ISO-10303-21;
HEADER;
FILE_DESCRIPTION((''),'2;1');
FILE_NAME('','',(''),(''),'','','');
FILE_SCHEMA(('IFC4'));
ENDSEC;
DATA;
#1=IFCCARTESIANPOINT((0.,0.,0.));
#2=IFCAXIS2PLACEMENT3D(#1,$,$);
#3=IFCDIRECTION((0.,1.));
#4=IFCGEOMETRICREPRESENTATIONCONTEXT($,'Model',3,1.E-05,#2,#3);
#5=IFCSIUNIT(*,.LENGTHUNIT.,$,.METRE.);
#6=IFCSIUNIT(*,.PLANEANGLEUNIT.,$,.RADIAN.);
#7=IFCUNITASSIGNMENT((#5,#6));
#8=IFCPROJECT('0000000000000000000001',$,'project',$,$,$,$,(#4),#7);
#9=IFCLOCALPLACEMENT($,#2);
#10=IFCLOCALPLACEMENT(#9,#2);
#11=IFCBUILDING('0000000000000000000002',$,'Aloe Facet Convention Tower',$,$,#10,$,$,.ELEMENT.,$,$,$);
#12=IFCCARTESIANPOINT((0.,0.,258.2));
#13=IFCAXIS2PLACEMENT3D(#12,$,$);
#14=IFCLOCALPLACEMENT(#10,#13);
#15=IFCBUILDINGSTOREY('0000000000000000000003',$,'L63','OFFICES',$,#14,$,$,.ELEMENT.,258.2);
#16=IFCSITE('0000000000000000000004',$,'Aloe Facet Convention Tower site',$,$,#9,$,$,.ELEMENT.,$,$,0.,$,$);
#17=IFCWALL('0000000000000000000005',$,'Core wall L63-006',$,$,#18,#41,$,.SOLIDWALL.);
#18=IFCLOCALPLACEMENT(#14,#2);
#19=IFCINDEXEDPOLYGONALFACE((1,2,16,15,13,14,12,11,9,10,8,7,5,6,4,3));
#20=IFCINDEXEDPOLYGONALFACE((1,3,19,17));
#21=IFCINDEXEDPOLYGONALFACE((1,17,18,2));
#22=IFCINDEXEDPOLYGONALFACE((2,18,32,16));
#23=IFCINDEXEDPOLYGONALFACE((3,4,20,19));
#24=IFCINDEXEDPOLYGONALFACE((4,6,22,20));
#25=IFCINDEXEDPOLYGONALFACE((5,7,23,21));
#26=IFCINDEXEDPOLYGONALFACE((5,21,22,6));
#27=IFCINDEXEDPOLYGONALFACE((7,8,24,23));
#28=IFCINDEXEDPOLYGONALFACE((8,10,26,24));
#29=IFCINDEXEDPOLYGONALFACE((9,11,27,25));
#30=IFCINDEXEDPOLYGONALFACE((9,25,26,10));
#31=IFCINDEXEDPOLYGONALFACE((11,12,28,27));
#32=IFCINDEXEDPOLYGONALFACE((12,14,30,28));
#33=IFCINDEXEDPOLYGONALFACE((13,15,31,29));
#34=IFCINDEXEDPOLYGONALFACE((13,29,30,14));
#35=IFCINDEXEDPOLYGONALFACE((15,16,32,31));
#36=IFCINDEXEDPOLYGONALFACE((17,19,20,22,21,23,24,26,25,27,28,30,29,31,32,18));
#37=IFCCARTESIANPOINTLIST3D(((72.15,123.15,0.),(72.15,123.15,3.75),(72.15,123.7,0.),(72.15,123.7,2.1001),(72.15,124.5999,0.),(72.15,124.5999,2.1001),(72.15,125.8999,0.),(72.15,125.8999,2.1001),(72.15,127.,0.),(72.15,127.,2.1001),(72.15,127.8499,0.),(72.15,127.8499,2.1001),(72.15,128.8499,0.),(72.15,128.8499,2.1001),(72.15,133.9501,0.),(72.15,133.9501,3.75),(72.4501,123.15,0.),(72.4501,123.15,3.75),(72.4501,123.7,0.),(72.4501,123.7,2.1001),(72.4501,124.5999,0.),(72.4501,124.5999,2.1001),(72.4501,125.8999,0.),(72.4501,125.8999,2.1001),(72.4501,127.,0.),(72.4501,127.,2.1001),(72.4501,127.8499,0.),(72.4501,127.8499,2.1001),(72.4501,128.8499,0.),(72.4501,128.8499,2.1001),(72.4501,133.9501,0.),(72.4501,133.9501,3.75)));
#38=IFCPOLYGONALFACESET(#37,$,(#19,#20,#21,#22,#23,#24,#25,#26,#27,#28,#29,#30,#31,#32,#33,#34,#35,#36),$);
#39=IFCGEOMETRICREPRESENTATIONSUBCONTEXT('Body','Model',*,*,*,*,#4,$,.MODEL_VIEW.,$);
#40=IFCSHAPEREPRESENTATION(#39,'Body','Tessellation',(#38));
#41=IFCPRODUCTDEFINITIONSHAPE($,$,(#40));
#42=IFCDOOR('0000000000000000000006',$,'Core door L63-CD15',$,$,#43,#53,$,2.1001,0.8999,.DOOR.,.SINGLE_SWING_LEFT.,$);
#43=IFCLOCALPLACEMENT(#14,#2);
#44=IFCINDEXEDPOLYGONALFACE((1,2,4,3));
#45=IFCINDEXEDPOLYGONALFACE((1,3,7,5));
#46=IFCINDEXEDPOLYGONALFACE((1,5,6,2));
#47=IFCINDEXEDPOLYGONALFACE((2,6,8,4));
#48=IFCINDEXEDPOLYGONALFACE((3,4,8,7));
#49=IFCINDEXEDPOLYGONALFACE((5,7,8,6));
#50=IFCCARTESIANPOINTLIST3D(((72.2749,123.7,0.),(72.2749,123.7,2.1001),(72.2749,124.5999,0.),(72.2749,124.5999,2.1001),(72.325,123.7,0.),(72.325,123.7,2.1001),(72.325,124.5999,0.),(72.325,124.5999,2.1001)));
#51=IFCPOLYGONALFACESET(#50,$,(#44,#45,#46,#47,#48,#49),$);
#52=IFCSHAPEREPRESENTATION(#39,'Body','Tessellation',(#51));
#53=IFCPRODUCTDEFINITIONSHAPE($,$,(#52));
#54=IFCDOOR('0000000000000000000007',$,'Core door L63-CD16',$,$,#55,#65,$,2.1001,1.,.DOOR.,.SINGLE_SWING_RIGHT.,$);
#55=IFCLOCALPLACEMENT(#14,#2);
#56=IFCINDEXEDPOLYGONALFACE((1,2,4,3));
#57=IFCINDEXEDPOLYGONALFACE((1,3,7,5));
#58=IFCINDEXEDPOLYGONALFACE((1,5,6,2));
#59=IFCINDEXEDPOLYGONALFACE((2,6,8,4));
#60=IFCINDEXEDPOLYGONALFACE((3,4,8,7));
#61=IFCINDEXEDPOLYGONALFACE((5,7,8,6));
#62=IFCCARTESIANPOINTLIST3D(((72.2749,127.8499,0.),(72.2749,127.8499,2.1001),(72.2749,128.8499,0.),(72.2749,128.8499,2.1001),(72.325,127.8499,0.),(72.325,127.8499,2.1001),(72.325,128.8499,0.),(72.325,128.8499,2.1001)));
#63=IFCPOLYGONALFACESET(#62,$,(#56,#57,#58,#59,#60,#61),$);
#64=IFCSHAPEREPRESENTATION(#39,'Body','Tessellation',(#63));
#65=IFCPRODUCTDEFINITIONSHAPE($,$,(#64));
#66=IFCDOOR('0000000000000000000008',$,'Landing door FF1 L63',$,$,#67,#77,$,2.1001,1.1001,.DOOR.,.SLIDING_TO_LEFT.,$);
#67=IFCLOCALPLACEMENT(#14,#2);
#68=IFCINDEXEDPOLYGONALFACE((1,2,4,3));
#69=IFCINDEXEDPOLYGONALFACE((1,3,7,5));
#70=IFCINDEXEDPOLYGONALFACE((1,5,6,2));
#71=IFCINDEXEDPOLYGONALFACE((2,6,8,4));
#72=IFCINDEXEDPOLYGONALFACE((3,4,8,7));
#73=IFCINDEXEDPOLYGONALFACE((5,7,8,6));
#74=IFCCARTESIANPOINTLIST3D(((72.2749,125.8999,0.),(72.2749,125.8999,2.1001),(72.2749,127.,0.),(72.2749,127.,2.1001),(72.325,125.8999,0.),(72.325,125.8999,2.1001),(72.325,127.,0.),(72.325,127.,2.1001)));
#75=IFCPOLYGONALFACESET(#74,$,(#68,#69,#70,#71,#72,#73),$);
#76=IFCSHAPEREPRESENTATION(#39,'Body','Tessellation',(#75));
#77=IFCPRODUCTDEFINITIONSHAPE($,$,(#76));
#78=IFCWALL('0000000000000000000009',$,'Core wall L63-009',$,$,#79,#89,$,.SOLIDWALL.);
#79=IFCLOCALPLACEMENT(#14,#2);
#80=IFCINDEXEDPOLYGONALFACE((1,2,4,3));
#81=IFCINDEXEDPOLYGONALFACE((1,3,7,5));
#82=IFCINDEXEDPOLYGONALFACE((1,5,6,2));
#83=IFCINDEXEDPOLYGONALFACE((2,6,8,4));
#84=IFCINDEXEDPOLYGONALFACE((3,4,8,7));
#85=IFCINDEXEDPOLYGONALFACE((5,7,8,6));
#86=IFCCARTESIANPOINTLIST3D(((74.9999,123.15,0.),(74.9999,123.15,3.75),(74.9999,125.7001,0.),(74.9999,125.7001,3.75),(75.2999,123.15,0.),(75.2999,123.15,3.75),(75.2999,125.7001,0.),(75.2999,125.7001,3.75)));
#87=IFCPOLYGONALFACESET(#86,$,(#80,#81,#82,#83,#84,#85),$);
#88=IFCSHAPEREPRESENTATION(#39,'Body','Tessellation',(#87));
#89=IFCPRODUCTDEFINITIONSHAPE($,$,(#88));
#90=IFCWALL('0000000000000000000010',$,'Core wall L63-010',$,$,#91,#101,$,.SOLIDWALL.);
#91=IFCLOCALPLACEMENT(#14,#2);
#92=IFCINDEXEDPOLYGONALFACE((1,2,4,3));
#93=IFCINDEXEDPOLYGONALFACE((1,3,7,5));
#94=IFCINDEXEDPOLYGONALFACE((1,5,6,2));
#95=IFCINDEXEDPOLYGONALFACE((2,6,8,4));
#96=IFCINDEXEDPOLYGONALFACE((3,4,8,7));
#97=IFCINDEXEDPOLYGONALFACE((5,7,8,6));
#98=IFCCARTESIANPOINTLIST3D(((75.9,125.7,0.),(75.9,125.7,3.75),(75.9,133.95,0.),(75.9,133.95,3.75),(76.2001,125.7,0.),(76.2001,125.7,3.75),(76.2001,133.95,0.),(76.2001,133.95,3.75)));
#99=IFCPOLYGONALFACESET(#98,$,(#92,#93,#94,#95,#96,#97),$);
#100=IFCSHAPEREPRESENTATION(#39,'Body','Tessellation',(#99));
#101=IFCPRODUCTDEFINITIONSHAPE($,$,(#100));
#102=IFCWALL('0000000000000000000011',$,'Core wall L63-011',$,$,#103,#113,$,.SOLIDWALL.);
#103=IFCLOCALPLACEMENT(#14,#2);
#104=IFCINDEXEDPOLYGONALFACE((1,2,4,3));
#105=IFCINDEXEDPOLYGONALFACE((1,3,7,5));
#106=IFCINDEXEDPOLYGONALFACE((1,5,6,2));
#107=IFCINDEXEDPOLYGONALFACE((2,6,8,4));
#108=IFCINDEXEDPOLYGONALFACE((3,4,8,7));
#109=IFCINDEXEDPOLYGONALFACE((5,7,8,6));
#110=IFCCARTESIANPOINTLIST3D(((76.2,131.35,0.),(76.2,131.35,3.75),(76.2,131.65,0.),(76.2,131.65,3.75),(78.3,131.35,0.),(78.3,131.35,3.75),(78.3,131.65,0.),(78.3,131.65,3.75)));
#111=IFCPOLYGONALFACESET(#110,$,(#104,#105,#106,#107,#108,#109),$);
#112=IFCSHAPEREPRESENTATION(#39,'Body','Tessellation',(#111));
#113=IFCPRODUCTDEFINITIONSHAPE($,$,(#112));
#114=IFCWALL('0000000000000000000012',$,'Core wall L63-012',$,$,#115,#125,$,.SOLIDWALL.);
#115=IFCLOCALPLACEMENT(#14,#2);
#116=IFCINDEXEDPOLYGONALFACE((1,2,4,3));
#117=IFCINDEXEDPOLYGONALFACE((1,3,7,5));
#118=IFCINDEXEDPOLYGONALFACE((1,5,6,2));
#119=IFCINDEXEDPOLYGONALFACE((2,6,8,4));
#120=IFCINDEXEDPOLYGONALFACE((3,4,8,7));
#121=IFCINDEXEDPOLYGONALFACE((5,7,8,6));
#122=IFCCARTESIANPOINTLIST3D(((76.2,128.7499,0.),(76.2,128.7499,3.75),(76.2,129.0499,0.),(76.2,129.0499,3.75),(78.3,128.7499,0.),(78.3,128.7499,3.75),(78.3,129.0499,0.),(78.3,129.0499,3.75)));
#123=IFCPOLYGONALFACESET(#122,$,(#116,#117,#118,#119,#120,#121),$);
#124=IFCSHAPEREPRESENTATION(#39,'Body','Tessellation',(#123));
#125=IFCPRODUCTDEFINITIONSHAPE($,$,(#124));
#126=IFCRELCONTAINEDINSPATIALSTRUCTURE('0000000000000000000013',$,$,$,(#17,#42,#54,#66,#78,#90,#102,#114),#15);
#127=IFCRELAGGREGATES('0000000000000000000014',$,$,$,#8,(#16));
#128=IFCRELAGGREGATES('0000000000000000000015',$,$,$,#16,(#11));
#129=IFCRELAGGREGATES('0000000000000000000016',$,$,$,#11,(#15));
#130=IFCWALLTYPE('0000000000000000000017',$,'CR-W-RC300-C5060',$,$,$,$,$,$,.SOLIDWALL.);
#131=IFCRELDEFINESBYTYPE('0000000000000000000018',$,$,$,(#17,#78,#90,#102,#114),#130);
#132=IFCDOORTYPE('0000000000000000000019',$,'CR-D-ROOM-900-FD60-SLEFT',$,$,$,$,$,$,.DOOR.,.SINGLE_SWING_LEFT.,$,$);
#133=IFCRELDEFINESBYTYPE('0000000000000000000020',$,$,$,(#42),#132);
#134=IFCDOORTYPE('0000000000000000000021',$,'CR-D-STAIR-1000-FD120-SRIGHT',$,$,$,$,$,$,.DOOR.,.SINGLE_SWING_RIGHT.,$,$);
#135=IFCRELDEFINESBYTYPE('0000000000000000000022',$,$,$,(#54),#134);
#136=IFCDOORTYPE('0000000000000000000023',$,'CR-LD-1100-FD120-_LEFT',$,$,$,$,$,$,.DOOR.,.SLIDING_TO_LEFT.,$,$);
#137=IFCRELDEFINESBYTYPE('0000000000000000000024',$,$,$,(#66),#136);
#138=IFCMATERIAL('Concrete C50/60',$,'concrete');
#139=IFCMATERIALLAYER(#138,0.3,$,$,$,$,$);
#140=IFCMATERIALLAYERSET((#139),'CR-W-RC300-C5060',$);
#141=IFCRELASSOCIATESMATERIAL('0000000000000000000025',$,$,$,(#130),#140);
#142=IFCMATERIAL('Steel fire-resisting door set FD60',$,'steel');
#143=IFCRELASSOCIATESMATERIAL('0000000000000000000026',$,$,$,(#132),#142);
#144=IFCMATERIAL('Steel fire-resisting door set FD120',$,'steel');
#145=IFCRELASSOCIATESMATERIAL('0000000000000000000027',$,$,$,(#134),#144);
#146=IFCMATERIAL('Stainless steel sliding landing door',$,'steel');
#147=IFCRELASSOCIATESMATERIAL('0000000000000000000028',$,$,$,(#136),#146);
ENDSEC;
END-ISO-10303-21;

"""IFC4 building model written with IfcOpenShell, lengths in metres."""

from ifc_helpers import new_model, si_unit, direction, frame, frame_2d, origin, place, context, subcontext, project, spatial, rectangle, extrude, material, layer, layer_set, type_object, element, fill, save


model = new_model("IFC4")

# Units and contexts
model_context = context("Model", 3, precision=1e-05, world=origin(), true_north=direction((0.0, 1.0)))
body_context = subcontext(model_context, "Body", "Model", "MODEL_VIEW")
ifc_project = project(units=[si_unit("LENGTHUNIT", "METRE"), si_unit("PLANEANGLEUNIT", "RADIAN")], contexts=[model_context])

# Site, building, storey
site_placement = place(None, origin())
site = spatial("IfcSite", under=ifc_project, at=site_placement, Name="Aloe Facet Convention Tower site", CompositionType="ELEMENT", RefElevation=0.0)
building_placement = place(site_placement, origin())
building = spatial("IfcBuilding", under=site, at=building_placement, Name="Aloe Facet Convention Tower", CompositionType="ELEMENT")
storey_placement = place(building_placement, frame((0.0, 0.0, 258.2)))
storey = spatial("IfcBuildingStorey", under=building, at=storey_placement, Name="L63", Description="OFFICES", CompositionType="ELEMENT", Elevation=258.2)

# Wall, openings, doors
ifc_material_1 = material(Name="Concrete C50/60", Category="concrete")
ifc_layer_1 = layer(ifc_material_1, 0.3)
ifc_layer_set_1 = layer_set([ifc_layer_1], Name="CR-W-RC300-C5060")
wall_type_1 = type_object("IfcWallType", Name="CR-W-RC300-C5060", PredefinedType="SOLIDWALL", material=ifc_layer_set_1)
wall_1_placement = place(storey_placement, frame((72.3, 133.95, 0.0), z_axis=(0.0, 0.0, 1.0), x_axis=(0.0, -1.0, 0.0)))
wall_1 = element("IfcWall", 1, at=wall_1_placement, inside=storey, type_object=wall_type_1, Name="Core wall L63-006", PredefinedType="SOLIDWALL", context=body_context, shape_type="SweptSolid", body=[
    extrude(rectangle(XDim=10.8, YDim=0.3, at=frame_2d((5.3999, 0.0))), origin(), (0.0, 0.0, 1.0), 3.75),
])
opening_1_placement = place(wall_1_placement, frame((6.95, 0.0, 0.0)))
opening_1 = element("IfcOpeningElement", 2, at=opening_1_placement, cuts=wall_1, PredefinedType="OPENING", context=body_context, shape_type="SweptSolid", body=[
    extrude(rectangle(XDim=1.1001, YDim=2.1001, at=frame_2d((0.55, 1.05))), frame((0.0, 0.1602, 0.0), z_axis=(0.0, -1.0, 0.0), x_axis=(1.0, 0.0, 0.0)), (0.0, 0.0, 1.0), 0.3201),
])
opening_2_placement = place(wall_1_placement, frame((9.3501, 0.0, 0.0)))
opening_2 = element("IfcOpeningElement", 3, at=opening_2_placement, cuts=wall_1, PredefinedType="OPENING", context=body_context, shape_type="SweptSolid", body=[
    extrude(rectangle(XDim=0.8999, YDim=2.1001, at=frame_2d((0.45, 1.05))), frame((0.0, 0.1602, 0.0), z_axis=(0.0, -1.0, 0.0), x_axis=(1.0, 0.0, 0.0)), (0.0, 0.0, 1.0), 0.3201),
])
opening_3_placement = place(wall_1_placement, frame((5.1001, 0.0, 0.0)))
opening_3 = element("IfcOpeningElement", 4, at=opening_3_placement, cuts=wall_1, PredefinedType="OPENING", context=body_context, shape_type="SweptSolid", body=[
    extrude(rectangle(XDim=1.0, YDim=2.1001, at=frame_2d((0.5, 1.05))), frame((0.0, 0.1602, 0.0), z_axis=(0.0, -1.0, 0.0), x_axis=(1.0, 0.0, 0.0)), (0.0, 0.0, 1.0), 0.3201),
])
ifc_material_2 = material(Name="Steel fire-resisting door set FD60", Category="steel")
door_type_1 = type_object("IfcDoorType", Name="CR-D-ROOM-900-FD60-SLEFT", OperationType="SINGLE_SWING_LEFT", PredefinedType="DOOR", material=ifc_material_2)
door_1_placement = place(opening_2_placement, origin())
door_1 = element("IfcDoor", 5, at=door_1_placement, inside=storey, type_object=door_type_1, Name="Core door L63-CD15", OperationType="SINGLE_SWING_LEFT", OverallHeight=2.1001, OverallWidth=0.8999, PredefinedType="DOOR", context=body_context, shape_type="SweptSolid", body=[
    extrude(rectangle(XDim=0.8999, YDim=2.1001, at=frame_2d((0.45, 1.05))), frame((0.0, 0.0249, 0.0), z_axis=(0.0, -1.0, 0.0), x_axis=(1.0, 0.0, 0.0)), (0.0, 0.0, 1.0), 0.05),
])
fill(opening_2, door_1)
ifc_material_3 = material(Name="Steel fire-resisting door set FD120", Category="steel")
door_type_2 = type_object("IfcDoorType", Name="CR-D-STAIR-1000-FD120-SRIGHT", OperationType="SINGLE_SWING_RIGHT", PredefinedType="DOOR", material=ifc_material_3)
door_2_placement = place(opening_3_placement, origin())
door_2 = element("IfcDoor", 6, at=door_2_placement, inside=storey, type_object=door_type_2, Name="Core door L63-CD16", OperationType="SINGLE_SWING_RIGHT", OverallHeight=2.1001, OverallWidth=1.0, PredefinedType="DOOR", context=body_context, shape_type="SweptSolid", body=[
    extrude(rectangle(XDim=1.0, YDim=2.1001, at=frame_2d((0.5, 1.05))), frame((0.0, 0.0249, 0.0), z_axis=(0.0, -1.0, 0.0), x_axis=(1.0, 0.0, 0.0)), (0.0, 0.0, 1.0), 0.05),
])
fill(opening_3, door_2)
ifc_material_4 = material(Name="Stainless steel sliding landing door", Category="steel")
door_type_3 = type_object("IfcDoorType", Name="CR-LD-1100-FD120-_LEFT", OperationType="SLIDING_TO_LEFT", PredefinedType="DOOR", material=ifc_material_4)
door_3_placement = place(opening_1_placement, origin())
door_3 = element("IfcDoor", 7, at=door_3_placement, inside=storey, type_object=door_type_3, Name="Landing door FF1 L63", OperationType="SLIDING_TO_LEFT", OverallHeight=2.1001, OverallWidth=1.1001, PredefinedType="DOOR", context=body_context, shape_type="SweptSolid", body=[
    extrude(rectangle(XDim=1.1001, YDim=2.1001, at=frame_2d((0.55, 1.05))), frame((0.0, 0.0249, 0.0), z_axis=(0.0, -1.0, 0.0), x_axis=(1.0, 0.0, 0.0)), (0.0, 0.0, 1.0), 0.05),
])
fill(opening_1, door_3)

# Walls
wall_2_placement = place(storey_placement, frame((75.1499, 125.7, 0.0), z_axis=(0.0, 0.0, 1.0), x_axis=(0.0, -1.0, 0.0)))
element("IfcWall", 8, at=wall_2_placement, inside=storey, type_object=wall_type_1, Name="Core wall L63-009", PredefinedType="SOLIDWALL", context=body_context, shape_type="SweptSolid", body=[
    extrude(rectangle(XDim=2.55, YDim=0.3, at=frame_2d((1.2749, 0.0))), origin(), (0.0, 0.0, 1.0), 3.75),
])
wall_3_placement = place(storey_placement, frame((76.05, 133.95, 0.0), z_axis=(0.0, 0.0, 1.0), x_axis=(0.0, -1.0, 0.0)))
element("IfcWall", 9, at=wall_3_placement, inside=storey, type_object=wall_type_1, Name="Core wall L63-010", PredefinedType="SOLIDWALL", context=body_context, shape_type="SweptSolid", body=[
    extrude(rectangle(XDim=8.25, YDim=0.3, at=frame_2d((4.125, 0.0))), origin(), (0.0, 0.0, 1.0), 3.75),
])
for number, where, z_axis, x_axis, name in (
    (10, (76.2, 131.5, 0.0), (0.0, 0.0, 1.0), (1.0, 0.0, 0.0), "Core wall L63-011"),
    (11, (76.2, 128.8999, 0.0), (0.0, 0.0, 1.0), (1.0, 0.0, 0.0), "Core wall L63-012"),
):
    element("IfcWall", number, at=place(storey_placement, frame(where, z_axis=z_axis, x_axis=x_axis)), inside=storey, type_object=wall_type_1, Name=name, PredefinedType="SOLIDWALL", context=body_context, shape_type="SweptSolid", body=[
        extrude(rectangle(XDim=2.1001, YDim=0.3, at=frame_2d((1.05, 0.0))), origin(), (0.0, 0.0, 1.0), 3.75),
    ])

save(model, "model.ifc")
